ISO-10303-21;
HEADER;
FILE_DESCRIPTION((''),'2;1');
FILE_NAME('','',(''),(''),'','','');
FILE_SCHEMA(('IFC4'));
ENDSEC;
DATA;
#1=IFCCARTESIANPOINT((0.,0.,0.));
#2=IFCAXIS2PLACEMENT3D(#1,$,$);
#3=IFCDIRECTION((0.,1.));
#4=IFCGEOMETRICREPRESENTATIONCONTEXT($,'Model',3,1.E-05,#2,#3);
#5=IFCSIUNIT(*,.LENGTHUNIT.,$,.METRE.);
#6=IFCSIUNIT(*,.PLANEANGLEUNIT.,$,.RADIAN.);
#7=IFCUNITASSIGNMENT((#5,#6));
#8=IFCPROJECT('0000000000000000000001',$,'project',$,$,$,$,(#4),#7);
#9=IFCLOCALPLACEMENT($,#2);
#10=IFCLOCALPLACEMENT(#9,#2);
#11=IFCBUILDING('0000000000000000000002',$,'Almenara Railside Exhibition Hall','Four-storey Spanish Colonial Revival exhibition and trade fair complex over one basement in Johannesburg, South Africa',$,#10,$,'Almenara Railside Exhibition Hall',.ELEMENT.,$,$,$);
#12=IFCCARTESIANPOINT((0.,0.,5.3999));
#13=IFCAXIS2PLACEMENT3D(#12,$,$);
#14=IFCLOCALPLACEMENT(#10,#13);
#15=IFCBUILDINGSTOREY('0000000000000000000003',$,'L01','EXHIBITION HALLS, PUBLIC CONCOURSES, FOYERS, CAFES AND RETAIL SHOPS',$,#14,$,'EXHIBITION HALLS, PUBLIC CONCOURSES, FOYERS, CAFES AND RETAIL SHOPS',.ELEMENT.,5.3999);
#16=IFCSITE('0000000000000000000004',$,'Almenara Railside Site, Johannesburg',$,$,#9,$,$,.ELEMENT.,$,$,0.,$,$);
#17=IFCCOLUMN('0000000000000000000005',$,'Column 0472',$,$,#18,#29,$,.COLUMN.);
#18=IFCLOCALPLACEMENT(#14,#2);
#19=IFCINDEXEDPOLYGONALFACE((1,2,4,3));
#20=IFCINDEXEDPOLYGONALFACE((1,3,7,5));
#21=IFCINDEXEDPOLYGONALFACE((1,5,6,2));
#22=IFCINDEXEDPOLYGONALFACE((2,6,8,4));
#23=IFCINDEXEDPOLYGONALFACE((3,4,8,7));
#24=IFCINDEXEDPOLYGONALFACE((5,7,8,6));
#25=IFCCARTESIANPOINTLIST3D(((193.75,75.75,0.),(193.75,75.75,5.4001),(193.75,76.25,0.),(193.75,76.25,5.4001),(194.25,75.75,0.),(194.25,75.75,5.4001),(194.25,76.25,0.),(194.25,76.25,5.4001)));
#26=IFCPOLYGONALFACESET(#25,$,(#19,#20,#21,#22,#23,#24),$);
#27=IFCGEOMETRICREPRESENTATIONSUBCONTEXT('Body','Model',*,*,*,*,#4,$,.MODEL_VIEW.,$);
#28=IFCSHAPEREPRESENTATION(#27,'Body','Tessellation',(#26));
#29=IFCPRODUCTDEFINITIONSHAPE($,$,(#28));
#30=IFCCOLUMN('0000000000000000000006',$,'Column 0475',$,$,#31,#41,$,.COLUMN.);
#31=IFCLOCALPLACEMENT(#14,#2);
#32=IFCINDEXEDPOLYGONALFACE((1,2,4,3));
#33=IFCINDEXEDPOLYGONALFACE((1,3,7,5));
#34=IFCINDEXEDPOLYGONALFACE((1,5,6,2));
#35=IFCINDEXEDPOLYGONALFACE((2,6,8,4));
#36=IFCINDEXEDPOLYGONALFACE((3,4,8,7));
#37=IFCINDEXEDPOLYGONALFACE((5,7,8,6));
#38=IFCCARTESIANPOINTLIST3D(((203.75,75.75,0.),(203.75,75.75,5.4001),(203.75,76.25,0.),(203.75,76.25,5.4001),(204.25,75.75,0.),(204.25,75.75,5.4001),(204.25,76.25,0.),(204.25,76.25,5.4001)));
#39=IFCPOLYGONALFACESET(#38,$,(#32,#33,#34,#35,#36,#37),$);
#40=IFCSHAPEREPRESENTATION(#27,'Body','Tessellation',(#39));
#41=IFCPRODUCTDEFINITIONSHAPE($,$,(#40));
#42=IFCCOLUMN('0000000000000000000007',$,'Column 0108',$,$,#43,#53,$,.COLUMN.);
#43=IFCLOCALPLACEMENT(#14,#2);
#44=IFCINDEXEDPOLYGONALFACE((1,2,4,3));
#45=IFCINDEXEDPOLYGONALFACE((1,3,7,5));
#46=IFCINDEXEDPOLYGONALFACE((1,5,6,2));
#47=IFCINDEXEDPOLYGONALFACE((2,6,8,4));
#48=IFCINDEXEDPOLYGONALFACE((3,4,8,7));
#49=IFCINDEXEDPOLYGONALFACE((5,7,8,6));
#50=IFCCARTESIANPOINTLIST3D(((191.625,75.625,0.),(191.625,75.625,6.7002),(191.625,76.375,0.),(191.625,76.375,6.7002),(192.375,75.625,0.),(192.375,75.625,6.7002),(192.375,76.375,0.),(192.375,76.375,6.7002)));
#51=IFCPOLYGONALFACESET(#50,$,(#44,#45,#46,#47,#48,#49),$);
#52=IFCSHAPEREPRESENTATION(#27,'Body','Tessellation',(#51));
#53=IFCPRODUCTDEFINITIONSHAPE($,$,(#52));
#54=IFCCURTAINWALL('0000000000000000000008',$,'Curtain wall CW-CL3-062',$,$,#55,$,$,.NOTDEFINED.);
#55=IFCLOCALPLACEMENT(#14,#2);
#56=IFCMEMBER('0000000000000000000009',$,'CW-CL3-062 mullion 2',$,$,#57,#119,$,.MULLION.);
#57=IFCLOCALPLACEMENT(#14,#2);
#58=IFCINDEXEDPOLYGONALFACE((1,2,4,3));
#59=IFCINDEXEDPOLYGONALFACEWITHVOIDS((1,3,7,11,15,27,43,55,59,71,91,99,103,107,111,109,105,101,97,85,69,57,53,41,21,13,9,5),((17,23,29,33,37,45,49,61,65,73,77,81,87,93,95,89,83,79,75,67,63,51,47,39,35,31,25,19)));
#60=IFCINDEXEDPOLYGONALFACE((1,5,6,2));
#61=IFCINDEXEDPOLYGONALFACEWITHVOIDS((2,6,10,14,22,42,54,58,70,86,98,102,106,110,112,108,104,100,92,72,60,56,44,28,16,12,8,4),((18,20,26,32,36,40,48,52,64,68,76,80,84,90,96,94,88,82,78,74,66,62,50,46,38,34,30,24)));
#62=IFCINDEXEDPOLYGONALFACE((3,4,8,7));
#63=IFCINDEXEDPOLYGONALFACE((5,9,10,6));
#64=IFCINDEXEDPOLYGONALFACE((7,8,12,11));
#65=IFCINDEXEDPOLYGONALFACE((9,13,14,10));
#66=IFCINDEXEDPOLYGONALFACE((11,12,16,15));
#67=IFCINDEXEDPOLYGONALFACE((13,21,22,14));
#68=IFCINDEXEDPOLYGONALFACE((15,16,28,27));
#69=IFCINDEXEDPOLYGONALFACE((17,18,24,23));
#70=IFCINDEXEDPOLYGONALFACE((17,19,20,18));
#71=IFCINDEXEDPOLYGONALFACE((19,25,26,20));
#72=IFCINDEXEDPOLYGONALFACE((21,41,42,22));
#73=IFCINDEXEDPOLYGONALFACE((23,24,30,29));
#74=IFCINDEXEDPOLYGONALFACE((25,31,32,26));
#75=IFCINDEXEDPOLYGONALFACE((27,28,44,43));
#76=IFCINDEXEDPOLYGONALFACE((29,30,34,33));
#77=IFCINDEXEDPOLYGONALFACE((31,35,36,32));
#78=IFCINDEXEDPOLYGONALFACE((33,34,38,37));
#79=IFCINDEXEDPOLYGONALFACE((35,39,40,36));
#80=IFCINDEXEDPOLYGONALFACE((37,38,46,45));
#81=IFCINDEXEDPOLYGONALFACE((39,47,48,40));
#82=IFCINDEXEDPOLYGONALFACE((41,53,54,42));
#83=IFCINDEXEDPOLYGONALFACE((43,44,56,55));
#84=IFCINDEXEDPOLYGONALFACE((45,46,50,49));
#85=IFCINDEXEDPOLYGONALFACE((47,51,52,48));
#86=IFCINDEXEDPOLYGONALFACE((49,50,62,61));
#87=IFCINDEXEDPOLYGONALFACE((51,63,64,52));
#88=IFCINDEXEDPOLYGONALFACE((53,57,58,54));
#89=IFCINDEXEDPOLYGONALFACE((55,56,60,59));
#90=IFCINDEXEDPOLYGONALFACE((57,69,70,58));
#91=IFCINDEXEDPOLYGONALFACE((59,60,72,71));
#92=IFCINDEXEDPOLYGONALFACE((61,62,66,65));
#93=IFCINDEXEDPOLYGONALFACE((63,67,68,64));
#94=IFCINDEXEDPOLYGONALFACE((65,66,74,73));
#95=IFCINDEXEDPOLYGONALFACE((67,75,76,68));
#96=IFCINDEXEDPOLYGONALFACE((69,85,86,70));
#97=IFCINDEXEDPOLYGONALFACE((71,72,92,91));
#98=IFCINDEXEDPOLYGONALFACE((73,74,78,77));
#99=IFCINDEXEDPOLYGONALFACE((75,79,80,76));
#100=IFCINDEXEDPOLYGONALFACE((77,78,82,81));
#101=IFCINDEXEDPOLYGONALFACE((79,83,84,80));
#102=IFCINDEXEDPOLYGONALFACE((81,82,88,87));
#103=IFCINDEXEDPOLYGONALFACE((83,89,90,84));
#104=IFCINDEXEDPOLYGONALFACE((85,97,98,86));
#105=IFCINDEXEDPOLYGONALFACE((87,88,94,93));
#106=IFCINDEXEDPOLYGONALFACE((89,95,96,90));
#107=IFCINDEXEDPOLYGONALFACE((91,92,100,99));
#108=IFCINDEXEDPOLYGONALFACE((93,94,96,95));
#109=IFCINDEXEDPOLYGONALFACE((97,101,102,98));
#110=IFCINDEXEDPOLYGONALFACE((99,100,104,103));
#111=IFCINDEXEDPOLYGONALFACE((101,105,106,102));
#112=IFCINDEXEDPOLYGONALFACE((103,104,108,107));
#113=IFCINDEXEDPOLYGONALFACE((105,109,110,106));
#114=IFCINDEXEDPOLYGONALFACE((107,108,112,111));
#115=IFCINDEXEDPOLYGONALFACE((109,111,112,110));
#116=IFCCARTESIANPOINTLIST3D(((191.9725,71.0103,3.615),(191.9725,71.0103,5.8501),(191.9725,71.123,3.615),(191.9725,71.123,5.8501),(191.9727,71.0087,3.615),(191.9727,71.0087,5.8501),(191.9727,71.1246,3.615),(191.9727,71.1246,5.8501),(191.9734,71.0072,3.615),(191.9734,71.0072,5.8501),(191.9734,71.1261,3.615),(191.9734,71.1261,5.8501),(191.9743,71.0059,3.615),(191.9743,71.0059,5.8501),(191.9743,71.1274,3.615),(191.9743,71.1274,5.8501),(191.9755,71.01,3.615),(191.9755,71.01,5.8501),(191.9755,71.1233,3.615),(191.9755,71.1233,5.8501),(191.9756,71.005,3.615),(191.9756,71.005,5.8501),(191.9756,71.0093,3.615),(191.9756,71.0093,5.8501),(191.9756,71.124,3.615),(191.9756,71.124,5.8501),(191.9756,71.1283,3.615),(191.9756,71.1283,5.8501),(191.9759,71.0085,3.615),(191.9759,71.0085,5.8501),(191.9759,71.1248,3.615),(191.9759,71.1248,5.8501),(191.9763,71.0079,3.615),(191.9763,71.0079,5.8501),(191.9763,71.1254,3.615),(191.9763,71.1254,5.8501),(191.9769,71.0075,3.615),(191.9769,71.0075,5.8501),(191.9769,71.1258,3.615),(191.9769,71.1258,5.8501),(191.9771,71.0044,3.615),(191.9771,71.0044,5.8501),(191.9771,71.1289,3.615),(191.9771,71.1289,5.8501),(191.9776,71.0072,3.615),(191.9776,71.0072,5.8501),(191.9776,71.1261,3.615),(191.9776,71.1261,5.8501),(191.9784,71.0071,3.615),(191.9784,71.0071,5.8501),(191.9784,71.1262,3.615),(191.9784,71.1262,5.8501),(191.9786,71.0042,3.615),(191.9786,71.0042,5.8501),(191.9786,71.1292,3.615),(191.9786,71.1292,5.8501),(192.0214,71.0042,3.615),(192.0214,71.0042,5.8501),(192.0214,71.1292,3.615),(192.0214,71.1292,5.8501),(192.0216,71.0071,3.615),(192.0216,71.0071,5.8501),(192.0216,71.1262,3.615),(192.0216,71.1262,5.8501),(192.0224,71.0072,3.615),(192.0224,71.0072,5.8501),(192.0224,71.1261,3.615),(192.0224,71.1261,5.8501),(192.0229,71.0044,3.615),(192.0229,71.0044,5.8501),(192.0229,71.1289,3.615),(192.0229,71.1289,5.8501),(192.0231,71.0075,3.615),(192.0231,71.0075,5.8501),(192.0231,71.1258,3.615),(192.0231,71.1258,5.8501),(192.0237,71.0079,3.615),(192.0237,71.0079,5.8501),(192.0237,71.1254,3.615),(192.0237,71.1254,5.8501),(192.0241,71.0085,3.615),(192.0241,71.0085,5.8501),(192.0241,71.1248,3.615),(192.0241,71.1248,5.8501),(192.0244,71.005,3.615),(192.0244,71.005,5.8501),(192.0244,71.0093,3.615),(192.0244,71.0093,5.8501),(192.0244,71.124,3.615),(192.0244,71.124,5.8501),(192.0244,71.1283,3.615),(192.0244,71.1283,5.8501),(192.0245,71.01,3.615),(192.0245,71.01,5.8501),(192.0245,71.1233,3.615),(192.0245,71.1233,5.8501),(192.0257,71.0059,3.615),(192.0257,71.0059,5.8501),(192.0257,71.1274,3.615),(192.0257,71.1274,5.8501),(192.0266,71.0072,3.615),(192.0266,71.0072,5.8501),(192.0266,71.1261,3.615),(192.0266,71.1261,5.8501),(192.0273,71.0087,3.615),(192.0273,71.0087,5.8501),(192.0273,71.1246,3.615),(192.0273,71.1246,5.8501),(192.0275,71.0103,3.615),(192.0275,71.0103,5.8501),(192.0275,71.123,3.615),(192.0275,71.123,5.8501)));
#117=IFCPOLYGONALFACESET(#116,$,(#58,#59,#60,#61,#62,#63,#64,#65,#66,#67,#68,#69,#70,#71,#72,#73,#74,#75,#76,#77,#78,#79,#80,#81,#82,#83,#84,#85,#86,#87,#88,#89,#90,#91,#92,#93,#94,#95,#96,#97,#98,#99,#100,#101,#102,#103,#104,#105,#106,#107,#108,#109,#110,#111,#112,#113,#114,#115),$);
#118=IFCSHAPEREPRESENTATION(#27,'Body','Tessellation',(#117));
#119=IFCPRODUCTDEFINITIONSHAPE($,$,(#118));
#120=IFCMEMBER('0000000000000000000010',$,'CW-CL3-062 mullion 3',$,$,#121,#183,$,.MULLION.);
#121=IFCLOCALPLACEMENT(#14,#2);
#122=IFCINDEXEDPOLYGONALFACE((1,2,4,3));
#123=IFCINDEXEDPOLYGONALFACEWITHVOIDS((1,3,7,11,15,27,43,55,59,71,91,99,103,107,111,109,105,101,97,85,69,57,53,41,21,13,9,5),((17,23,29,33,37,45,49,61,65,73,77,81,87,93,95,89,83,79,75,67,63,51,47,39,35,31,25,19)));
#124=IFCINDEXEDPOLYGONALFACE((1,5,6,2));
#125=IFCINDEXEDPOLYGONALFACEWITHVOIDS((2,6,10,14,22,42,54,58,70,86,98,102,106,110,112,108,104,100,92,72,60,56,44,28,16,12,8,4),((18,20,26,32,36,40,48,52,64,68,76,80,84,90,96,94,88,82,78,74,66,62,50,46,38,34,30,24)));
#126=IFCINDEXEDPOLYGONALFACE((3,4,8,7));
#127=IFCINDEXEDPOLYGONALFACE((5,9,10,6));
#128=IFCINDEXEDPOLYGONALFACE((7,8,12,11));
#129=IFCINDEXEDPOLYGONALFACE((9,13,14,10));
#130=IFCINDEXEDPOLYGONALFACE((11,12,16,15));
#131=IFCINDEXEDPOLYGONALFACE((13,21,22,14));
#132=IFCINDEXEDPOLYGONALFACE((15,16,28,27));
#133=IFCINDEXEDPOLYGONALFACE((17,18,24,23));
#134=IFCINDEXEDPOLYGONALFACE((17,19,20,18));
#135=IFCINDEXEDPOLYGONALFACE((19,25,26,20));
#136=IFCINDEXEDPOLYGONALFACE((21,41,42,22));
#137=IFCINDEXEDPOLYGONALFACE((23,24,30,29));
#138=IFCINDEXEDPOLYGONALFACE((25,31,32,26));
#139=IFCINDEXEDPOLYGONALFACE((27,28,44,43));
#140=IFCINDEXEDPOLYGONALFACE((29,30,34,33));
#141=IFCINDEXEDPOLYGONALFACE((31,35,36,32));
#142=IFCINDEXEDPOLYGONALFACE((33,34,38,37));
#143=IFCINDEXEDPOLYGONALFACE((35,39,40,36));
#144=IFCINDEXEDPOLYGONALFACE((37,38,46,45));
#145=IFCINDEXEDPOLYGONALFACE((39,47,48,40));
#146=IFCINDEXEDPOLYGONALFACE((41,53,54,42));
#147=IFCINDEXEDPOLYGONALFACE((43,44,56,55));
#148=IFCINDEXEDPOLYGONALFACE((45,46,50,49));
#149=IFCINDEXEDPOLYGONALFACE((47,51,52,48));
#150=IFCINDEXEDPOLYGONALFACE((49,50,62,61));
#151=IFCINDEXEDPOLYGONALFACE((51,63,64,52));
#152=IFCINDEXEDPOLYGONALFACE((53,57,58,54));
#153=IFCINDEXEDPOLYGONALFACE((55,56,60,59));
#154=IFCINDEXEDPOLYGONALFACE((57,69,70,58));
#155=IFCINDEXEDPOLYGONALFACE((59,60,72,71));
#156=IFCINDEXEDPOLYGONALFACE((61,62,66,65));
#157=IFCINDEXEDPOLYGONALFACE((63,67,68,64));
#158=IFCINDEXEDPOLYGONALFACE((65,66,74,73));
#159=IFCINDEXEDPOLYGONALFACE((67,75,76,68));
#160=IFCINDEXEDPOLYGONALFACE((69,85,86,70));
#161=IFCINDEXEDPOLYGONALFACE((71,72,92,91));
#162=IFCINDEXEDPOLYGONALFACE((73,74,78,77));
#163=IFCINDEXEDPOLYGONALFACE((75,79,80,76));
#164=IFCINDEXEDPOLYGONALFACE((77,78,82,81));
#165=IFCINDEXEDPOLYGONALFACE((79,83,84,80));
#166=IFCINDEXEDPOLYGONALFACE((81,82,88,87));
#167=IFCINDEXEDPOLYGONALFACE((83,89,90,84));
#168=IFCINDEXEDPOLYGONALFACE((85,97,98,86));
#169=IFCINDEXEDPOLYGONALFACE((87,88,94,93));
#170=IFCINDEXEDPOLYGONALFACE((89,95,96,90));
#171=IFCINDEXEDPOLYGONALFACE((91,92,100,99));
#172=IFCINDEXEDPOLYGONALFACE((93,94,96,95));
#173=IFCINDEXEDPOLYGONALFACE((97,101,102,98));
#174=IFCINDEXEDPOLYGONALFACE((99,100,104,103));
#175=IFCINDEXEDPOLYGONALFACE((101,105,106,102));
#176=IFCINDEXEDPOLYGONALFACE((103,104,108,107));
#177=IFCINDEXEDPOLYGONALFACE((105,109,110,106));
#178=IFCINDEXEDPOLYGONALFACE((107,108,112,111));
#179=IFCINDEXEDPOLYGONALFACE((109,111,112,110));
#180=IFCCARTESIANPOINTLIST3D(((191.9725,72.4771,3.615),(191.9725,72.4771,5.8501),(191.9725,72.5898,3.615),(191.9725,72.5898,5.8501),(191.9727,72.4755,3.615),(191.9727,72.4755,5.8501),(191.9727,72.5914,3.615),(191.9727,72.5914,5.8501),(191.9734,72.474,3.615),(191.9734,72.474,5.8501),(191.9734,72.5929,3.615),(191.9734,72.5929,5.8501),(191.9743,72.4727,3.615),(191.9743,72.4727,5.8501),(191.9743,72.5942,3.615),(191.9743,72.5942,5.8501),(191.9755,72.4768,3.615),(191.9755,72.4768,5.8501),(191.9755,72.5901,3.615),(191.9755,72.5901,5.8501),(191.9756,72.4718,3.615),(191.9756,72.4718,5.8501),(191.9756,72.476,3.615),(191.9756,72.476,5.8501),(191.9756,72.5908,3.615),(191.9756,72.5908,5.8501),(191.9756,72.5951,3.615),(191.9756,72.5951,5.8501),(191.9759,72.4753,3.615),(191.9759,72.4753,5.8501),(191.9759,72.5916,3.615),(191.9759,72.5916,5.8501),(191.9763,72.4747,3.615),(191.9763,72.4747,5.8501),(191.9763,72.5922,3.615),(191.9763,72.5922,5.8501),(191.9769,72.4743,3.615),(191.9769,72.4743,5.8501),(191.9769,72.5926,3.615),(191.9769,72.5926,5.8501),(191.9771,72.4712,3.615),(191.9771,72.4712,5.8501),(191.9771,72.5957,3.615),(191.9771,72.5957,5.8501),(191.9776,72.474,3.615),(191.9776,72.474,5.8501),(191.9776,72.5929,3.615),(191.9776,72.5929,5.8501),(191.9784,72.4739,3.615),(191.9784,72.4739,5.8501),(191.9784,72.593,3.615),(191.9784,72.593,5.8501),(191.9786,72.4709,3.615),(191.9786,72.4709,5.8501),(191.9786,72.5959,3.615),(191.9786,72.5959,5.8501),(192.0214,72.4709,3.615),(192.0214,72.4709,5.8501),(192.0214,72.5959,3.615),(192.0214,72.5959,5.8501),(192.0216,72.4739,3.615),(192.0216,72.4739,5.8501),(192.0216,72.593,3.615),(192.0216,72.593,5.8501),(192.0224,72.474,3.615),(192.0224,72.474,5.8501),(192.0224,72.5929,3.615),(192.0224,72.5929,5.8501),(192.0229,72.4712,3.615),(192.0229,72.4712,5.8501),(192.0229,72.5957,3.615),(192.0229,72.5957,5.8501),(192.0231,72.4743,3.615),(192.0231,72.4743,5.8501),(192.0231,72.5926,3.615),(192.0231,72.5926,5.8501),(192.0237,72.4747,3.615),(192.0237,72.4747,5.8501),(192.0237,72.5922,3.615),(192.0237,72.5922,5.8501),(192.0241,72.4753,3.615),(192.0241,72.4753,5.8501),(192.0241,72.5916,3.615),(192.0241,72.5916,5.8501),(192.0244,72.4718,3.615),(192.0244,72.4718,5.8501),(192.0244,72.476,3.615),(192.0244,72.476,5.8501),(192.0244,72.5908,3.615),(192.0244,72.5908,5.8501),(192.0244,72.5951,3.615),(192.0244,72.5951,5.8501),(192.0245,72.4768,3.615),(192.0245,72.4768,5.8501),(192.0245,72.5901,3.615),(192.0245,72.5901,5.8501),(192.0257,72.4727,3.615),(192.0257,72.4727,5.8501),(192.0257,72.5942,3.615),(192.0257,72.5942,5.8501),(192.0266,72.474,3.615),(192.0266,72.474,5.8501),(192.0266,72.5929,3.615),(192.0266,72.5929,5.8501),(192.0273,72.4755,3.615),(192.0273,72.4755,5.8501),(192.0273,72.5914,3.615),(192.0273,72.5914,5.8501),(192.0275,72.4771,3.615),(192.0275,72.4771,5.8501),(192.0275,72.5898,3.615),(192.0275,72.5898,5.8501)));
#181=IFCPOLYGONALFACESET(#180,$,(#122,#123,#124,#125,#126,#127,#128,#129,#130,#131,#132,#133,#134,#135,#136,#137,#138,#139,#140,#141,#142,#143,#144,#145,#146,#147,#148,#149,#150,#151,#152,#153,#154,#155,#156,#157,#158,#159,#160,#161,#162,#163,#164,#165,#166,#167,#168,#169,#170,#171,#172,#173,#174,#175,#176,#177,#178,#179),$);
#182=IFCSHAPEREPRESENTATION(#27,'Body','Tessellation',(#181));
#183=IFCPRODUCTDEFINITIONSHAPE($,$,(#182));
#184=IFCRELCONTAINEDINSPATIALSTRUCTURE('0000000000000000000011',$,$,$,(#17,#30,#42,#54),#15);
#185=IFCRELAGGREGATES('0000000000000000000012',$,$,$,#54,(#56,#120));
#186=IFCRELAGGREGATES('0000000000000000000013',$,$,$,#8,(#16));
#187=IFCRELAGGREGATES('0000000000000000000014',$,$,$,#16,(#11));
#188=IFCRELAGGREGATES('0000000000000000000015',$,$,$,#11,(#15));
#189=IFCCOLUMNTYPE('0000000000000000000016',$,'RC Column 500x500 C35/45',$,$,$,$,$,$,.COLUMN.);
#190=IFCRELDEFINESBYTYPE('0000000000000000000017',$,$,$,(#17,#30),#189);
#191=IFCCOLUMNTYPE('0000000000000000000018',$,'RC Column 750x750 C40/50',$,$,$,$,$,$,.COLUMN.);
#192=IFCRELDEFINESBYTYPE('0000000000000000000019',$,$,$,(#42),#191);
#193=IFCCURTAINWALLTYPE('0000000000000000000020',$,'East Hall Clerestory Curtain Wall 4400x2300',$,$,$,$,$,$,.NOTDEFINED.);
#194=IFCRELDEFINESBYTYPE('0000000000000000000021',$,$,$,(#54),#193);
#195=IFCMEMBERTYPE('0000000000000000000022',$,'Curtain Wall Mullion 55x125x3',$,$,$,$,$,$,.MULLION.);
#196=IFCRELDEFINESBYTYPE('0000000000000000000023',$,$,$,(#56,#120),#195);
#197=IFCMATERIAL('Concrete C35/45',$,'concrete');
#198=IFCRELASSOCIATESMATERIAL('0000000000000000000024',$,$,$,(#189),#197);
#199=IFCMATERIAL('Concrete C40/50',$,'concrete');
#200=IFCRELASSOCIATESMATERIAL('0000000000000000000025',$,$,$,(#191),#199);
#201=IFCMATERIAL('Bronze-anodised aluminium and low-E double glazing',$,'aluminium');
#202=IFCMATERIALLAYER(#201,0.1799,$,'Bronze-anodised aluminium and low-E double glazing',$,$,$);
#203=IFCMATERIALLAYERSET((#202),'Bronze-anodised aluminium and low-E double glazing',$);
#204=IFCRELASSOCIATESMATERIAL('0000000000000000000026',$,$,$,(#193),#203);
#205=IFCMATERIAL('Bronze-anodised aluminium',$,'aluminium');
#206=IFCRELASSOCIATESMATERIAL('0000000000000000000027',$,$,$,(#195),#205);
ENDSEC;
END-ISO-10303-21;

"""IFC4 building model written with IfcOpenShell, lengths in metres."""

from ifc_helpers import new_model, si_unit, direction, frame, origin, origin_2d, place, context, subcontext, project, spatial, rectangle, hollow_rectangle, extrude, material, layer, layer_set, material_profile, profile_set, type_object, element, aggregate, save


model = new_model("IFC4")

# Units and contexts
model_context = context("Model", 3, precision=1e-05, world=origin(), true_north=direction((0.0, 1.0)))
body_context = subcontext(model_context, "Body", "Model", "MODEL_VIEW")
ifc_project = project(units=[si_unit("LENGTHUNIT", "METRE"), si_unit("PLANEANGLEUNIT", "RADIAN")], contexts=[model_context])

# Site, building, storey
site_placement = place(None, origin())
site = spatial("IfcSite", under=ifc_project, at=site_placement, Name="Almenara Railside Site, Johannesburg", CompositionType="ELEMENT", RefElevation=0.0)
building_placement = place(site_placement, origin())
building = spatial("IfcBuilding", under=site, at=building_placement, Name="Almenara Railside Exhibition Hall", Description="Four-storey Spanish Colonial Revival exhibition and trade fair complex over one basement in Johannesburg, South Africa", LongName="Almenara Railside Exhibition Hall", CompositionType="ELEMENT")
storey_placement = place(building_placement, frame((0.0, 0.0, 5.3999)))
storey = spatial("IfcBuildingStorey", under=building, at=storey_placement, Name="L01", Description="EXHIBITION HALLS, PUBLIC CONCOURSES, FOYERS, CAFES AND RETAIL SHOPS", LongName="EXHIBITION HALLS, PUBLIC CONCOURSES, FOYERS, CAFES AND RETAIL SHOPS", CompositionType="ELEMENT", Elevation=5.3999)

# Columns
ifc_material_1 = material(Name="Concrete C35/45", Category="concrete")
ifc_material_profile_1 = material_profile(ifc_material_1, rectangle(XDim=0.5, YDim=0.5, at=origin_2d()), Name="RC 500x500")
ifc_profile_set_1 = profile_set([ifc_material_profile_1], Name="Concrete C35/45")
column_type_1 = type_object("IfcColumnType", Name="RC Column 500x500 C35/45", PredefinedType="COLUMN", material=ifc_profile_set_1)
for number, where, z_axis, x_axis, name in (
    (1, (194.0, 76.0, 0.0), (0.0, 0.0, 1.0), (1.0, 0.0, 0.0), "Column 0472"),
    (2, (204.0, 76.0, 0.0), (0.0, 0.0, 1.0), (1.0, 0.0, 0.0), "Column 0475"),
):
    element("IfcColumn", number, at=place(storey_placement, frame(where, z_axis=z_axis, x_axis=x_axis)), inside=storey, type_object=column_type_1, Name=name, PredefinedType="COLUMN", context=body_context, shape_type="SweptSolid", body=[
        extrude(rectangle(XDim=0.5, YDim=0.5, at=origin_2d()), origin(), (0.0, 0.0, 1.0), 5.4001),
    ])
ifc_material_2 = material(Name="Concrete C40/50", Category="concrete")
ifc_material_profile_2 = material_profile(ifc_material_2, rectangle(XDim=0.75, YDim=0.75, at=origin_2d()), Name="RC 750x750")
ifc_profile_set_2 = profile_set([ifc_material_profile_2], Name="Concrete C40/50")
column_type_2 = type_object("IfcColumnType", Name="RC Column 750x750 C40/50", PredefinedType="COLUMN", material=ifc_profile_set_2)
column_placement = place(storey_placement, frame((192.0, 76.0, 0.0), z_axis=(0.0, 0.0, 1.0), x_axis=(1.0, 0.0, 0.0)))
element("IfcColumn", 3, at=column_placement, inside=storey, type_object=column_type_2, Name="Column 0108", PredefinedType="COLUMN", context=body_context, shape_type="SweptSolid", body=[
    extrude(rectangle(XDim=0.75, YDim=0.75, at=origin_2d()), origin(), (0.0, 0.0, 1.0), 6.7002),
])

# Curtain wall, members
ifc_material_3 = material(Name="Bronze-anodised aluminium and low-E double glazing", Category="aluminium")
ifc_layer_1 = layer(ifc_material_3, 0.1799, Name="Bronze-anodised aluminium and low-E double glazing")
ifc_layer_set_1 = layer_set([ifc_layer_1], Name="Bronze-anodised aluminium and low-E double glazing")
curtain_wall_type = type_object("IfcCurtainWallType", Name="East Hall Clerestory Curtain Wall 4400x2300", PredefinedType="NOTDEFINED", material=ifc_layer_set_1)
curtain_wall_placement = place(storey_placement, origin())
curtain_wall = element("IfcCurtainWall", 4, at=curtain_wall_placement, inside=storey, type_object=curtain_wall_type, Name="Curtain wall CW-CL3-062", PredefinedType="NOTDEFINED")
ifc_material_4 = material(Name="Bronze-anodised aluminium", Category="aluminium")
ifc_material_profile_3 = material_profile(ifc_material_4, hollow_rectangle(XDim=0.0549, YDim=0.125, WallThickness=0.0029, InnerFilletRadius=0.0029, OuterFilletRadius=0.0061, at=origin_2d()), Name="ALU-MUL 55x125x3")
ifc_profile_set_3 = profile_set([ifc_material_profile_3], Name="Bronze-anodised aluminium")
member_type_1 = type_object("IfcMemberType", Name="Curtain Wall Mullion 55x125x3", PredefinedType="MULLION", material=ifc_profile_set_3)
member_1_placement = place(storey_placement, frame((192.0, 71.0667, 3.615), z_axis=(0.0, 0.0, 1.0), x_axis=(-1.0, 0.0, 0.0)))
member_1 = element("IfcMember", 5, at=member_1_placement, type_object=member_type_1, Name="CW-CL3-062 mullion 2", PredefinedType="MULLION", context=body_context, shape_type="SweptSolid", body=[
    extrude(hollow_rectangle(XDim=0.0549, YDim=0.125, WallThickness=0.0029, InnerFilletRadius=0.0029, OuterFilletRadius=0.0061, at=origin_2d()), origin(), (0.0, 0.0, 1.0), 2.2351),
])
member_2_placement = place(storey_placement, frame((192.0, 72.5334, 3.615), z_axis=(0.0, 0.0, 1.0), x_axis=(-1.0, 0.0, 0.0)))
member_2 = element("IfcMember", 6, at=member_2_placement, type_object=member_type_1, Name="CW-CL3-062 mullion 3", PredefinedType="MULLION", context=body_context, shape_type="SweptSolid", body=[
    extrude(hollow_rectangle(XDim=0.0549, YDim=0.125, WallThickness=0.0029, InnerFilletRadius=0.0029, OuterFilletRadius=0.0061, at=origin_2d()), origin(), (0.0, 0.0, 1.0), 2.2351),
])

aggregate(curtain_wall, [member_1, member_2])

save(model, "model.ifc")
